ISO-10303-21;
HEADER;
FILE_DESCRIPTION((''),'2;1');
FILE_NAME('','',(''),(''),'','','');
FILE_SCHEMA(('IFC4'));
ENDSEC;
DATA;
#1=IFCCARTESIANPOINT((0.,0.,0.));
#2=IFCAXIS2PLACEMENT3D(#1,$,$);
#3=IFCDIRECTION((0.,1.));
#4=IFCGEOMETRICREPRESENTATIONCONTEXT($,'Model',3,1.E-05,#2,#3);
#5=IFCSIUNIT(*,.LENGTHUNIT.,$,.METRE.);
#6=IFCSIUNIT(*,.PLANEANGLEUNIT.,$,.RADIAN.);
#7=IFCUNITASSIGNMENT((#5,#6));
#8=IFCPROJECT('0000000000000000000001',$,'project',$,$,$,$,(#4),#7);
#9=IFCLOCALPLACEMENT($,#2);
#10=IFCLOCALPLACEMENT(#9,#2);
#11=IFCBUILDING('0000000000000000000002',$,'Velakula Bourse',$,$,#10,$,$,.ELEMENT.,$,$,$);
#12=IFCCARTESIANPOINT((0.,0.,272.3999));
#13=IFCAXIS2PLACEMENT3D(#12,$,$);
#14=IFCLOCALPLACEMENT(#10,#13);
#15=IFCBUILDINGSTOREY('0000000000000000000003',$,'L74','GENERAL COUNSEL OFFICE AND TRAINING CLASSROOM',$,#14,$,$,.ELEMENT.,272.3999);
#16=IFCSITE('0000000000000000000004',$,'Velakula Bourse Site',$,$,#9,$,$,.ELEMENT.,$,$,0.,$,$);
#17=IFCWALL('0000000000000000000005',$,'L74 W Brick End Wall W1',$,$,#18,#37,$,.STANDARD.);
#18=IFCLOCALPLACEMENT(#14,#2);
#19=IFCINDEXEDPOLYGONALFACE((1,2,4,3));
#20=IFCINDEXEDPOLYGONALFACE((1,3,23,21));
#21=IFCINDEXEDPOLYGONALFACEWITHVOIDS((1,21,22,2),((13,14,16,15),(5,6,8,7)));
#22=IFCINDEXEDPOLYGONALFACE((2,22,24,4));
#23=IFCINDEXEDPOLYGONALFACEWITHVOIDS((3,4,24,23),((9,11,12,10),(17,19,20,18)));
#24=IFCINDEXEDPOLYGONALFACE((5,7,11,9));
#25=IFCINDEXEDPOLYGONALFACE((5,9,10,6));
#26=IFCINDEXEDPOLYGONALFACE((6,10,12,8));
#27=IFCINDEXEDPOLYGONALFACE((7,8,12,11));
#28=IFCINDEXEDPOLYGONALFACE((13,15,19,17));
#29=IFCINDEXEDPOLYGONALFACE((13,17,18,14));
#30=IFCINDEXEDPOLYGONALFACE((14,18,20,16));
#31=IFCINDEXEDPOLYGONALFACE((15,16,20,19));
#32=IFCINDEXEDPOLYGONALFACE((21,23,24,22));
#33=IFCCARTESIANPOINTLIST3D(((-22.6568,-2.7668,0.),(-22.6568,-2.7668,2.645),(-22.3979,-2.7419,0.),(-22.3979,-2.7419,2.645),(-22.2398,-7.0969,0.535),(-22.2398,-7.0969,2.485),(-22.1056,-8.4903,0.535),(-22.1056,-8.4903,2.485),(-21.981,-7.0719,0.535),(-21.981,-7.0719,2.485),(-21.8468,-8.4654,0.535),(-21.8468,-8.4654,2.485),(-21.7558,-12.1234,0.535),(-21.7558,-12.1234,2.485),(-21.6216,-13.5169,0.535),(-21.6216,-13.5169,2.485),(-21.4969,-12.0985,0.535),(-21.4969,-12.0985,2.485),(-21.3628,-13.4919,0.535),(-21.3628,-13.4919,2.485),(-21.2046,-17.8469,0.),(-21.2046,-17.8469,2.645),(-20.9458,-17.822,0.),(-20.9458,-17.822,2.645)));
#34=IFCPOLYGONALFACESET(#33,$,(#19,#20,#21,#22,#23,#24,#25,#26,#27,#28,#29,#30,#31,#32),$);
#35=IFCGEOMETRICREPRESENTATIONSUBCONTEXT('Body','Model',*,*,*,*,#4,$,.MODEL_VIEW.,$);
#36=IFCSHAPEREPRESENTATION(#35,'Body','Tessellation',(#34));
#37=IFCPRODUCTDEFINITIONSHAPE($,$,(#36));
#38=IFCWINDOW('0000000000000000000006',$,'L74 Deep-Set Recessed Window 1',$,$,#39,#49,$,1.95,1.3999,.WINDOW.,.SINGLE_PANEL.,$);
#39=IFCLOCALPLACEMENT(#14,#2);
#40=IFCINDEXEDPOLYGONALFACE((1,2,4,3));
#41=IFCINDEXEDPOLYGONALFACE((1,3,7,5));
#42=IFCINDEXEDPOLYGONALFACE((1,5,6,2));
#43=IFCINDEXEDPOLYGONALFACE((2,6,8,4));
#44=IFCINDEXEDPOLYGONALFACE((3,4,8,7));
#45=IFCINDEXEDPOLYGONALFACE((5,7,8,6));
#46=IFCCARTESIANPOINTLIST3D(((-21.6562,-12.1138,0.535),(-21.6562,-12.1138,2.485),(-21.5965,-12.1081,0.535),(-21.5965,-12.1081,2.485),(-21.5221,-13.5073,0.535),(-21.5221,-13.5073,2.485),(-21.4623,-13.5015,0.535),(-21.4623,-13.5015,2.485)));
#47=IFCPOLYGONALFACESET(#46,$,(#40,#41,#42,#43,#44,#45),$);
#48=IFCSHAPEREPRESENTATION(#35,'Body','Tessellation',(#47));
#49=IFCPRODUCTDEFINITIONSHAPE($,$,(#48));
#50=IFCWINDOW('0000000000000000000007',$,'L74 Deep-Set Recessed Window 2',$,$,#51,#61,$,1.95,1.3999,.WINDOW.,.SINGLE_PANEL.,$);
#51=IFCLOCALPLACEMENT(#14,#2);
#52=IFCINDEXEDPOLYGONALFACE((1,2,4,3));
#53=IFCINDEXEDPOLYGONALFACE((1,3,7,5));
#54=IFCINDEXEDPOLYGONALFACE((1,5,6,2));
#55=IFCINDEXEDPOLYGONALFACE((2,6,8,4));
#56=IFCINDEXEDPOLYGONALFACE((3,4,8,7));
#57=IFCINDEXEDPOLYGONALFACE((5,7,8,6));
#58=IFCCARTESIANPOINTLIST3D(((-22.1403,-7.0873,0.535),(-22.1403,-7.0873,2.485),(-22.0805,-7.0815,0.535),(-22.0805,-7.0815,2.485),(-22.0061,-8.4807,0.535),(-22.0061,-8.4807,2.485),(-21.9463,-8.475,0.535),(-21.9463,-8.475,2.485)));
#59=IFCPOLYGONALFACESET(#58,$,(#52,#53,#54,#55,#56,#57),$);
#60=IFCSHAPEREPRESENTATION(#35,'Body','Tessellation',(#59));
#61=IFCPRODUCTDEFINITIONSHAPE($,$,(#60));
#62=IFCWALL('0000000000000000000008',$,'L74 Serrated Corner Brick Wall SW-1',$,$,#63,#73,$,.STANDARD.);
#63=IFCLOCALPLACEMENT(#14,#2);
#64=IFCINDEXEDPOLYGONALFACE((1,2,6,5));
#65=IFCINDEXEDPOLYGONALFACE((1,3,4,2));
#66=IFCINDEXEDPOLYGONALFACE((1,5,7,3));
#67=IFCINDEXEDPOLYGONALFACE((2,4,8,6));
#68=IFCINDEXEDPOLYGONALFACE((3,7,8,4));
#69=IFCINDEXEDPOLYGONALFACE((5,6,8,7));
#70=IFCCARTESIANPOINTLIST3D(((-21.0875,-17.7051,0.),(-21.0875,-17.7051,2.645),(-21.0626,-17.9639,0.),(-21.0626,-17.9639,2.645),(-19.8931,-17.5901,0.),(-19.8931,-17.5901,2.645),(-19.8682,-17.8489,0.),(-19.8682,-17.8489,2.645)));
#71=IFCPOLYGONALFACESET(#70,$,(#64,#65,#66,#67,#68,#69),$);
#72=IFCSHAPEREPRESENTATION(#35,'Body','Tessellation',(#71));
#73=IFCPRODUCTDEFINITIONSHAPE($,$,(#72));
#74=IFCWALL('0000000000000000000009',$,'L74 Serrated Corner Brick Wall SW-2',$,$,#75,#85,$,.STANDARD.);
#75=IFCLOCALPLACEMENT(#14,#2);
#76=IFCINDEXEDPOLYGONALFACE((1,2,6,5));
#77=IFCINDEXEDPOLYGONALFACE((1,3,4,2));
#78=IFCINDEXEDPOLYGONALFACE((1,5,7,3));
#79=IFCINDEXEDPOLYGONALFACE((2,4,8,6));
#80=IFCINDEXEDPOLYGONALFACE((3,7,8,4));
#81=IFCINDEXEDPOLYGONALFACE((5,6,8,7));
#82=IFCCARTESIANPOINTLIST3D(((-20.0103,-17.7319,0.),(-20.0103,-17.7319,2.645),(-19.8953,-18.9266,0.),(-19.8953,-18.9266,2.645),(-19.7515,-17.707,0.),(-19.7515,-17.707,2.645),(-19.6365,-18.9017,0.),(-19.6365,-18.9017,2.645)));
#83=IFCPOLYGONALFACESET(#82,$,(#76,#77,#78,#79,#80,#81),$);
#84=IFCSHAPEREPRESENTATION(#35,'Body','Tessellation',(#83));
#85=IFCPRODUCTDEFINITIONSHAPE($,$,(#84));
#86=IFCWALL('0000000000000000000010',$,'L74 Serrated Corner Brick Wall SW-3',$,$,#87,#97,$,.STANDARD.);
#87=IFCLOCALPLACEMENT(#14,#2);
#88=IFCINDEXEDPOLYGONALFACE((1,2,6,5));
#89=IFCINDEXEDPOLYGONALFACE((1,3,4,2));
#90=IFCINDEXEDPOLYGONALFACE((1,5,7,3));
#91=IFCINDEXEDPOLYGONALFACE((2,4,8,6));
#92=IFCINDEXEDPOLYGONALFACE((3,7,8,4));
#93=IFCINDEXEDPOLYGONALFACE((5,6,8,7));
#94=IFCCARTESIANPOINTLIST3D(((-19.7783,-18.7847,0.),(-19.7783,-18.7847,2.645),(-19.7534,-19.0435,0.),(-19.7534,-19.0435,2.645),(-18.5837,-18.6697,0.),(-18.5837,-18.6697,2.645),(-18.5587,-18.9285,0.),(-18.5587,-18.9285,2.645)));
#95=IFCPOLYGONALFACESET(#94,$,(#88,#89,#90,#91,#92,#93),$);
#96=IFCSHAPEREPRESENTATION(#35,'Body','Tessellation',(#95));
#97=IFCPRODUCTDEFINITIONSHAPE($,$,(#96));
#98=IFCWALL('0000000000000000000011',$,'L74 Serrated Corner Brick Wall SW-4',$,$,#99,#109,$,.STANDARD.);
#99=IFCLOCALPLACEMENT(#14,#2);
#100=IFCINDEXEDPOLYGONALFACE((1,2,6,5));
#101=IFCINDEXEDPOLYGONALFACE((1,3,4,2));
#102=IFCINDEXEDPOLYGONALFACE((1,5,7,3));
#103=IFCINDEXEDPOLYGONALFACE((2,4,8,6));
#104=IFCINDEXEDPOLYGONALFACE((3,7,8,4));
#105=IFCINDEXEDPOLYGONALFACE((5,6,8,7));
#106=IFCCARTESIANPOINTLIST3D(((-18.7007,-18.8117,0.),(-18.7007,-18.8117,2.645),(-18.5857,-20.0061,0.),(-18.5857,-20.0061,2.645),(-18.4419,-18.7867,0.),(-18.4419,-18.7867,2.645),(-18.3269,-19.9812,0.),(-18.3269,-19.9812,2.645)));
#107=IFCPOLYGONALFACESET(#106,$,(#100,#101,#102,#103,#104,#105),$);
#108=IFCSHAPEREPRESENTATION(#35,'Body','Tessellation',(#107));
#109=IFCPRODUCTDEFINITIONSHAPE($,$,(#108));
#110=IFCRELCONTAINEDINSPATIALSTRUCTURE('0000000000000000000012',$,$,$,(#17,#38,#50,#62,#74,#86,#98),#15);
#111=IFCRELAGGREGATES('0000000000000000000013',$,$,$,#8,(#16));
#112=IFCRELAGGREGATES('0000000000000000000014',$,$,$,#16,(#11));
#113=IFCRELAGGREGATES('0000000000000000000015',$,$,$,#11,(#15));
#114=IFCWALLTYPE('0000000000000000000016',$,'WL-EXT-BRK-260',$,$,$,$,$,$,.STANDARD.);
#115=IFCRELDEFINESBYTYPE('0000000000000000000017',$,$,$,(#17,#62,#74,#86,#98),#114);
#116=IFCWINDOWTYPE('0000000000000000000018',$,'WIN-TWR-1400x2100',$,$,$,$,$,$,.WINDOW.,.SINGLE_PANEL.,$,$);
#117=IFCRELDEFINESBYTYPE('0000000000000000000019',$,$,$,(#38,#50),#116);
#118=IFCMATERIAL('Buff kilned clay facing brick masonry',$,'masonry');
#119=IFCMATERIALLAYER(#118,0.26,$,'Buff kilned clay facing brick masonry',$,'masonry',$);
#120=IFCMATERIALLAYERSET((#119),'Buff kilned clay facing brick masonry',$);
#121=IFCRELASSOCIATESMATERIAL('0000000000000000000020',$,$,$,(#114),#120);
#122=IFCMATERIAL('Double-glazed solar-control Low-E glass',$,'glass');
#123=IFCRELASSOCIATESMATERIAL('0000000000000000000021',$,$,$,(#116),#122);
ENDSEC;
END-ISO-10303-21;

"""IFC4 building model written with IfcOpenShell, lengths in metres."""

from ifc_helpers import new_model, si_unit, direction, frame, frame_2d, origin, place, context, subcontext, project, spatial, rectangle, extrude, material, layer, layer_set, type_object, element, fill, save


model = new_model("IFC4")

# Units and contexts
model_context = context("Model", 3, precision=1e-05, world=origin(), true_north=direction((0.0, 1.0)))
body_context = subcontext(model_context, "Body", "Model", "MODEL_VIEW")
ifc_project = project(units=[si_unit("LENGTHUNIT", "METRE"), si_unit("PLANEANGLEUNIT", "RADIAN")], contexts=[model_context])

# Site, building, storey
site_placement = place(None, origin())
site = spatial("IfcSite", under=ifc_project, at=site_placement, Name="Velakula Bourse Site", CompositionType="ELEMENT", RefElevation=0.0)
building_placement = place(site_placement, origin())
building = spatial("IfcBuilding", under=site, at=building_placement, Name="Velakula Bourse", CompositionType="ELEMENT")
storey_placement = place(building_placement, frame((0.0, 0.0, 272.3999)))
storey = spatial("IfcBuildingStorey", under=building, at=storey_placement, Name="L74", Description="GENERAL COUNSEL OFFICE AND TRAINING CLASSROOM", CompositionType="ELEMENT", Elevation=272.3999)

# Wall, openings, windows
ifc_material_1 = material(Name="Buff kilned clay facing brick masonry", Category="masonry")
ifc_layer = layer(ifc_material_1, 0.26, Name="Buff kilned clay facing brick masonry", Category="masonry")
ifc_layer_set = layer_set([ifc_layer], Name="Buff kilned clay facing brick masonry")
wall_type = type_object("IfcWallType", Name="WL-EXT-BRK-260", PredefinedType="STANDARD", material=ifc_layer_set)
wall_1_placement = place(storey_placement, frame((-21.0752, -17.8345, 0.0), z_axis=(0.0, 0.0, 1.0), x_axis=(-0.095852, 0.995396, 0.0)))
wall_1 = element("IfcWall", 1, at=wall_1_placement, inside=storey, type_object=wall_type, Name="L74 W Brick End Wall W1", PredefinedType="STANDARD", context=body_context, shape_type="SweptSolid", body=[
    extrude(rectangle(XDim=15.1499, YDim=0.26, at=frame_2d((7.575, 0.0))), origin(), (0.0, 0.0, 1.0), 2.645),
])
opening_1_placement = place(wall_1_placement, frame((4.3501, 0.0, 0.5349)))
opening_1 = element("IfcOpeningElement", 2, at=opening_1_placement, cuts=wall_1, PredefinedType="OPENING", context=body_context, shape_type="SweptSolid", body=[
    extrude(rectangle(XDim=1.3999, YDim=1.95, at=frame_2d((0.7, 0.9751))), frame((0.0, 0.1399, 0.0), z_axis=(0.0, -1.0, 0.0), x_axis=(1.0, 0.0, 0.0)), (0.0, 0.0, 1.0), 0.28),
])
opening_2_placement = place(wall_1_placement, frame((9.3999, 0.0, 0.5349)))
opening_2 = element("IfcOpeningElement", 3, at=opening_2_placement, cuts=wall_1, PredefinedType="OPENING", context=body_context, shape_type="SweptSolid", body=[
    extrude(rectangle(XDim=1.3999, YDim=1.95, at=frame_2d((0.7, 0.9751))), frame((0.0, 0.1399, 0.0), z_axis=(0.0, -1.0, 0.0), x_axis=(1.0, 0.0, 0.0)), (0.0, 0.0, 1.0), 0.28),
])
ifc_material_2 = material(Name="Double-glazed solar-control Low-E glass", Category="glass")
window_type = type_object("IfcWindowType", Name="WIN-TWR-1400x2100", PartitioningType="SINGLE_PANEL", PredefinedType="WINDOW", material=ifc_material_2)
window_1_placement = place(opening_1_placement, origin())
window_1 = element("IfcWindow", 4, at=window_1_placement, inside=storey, type_object=window_type, Name="L74 Deep-Set Recessed Window 1", OverallHeight=1.95, OverallWidth=1.3999, PartitioningType="SINGLE_PANEL", PredefinedType="WINDOW", context=body_context, shape_type="SweptSolid", body=[
    extrude(rectangle(XDim=1.3999, YDim=1.95, at=frame_2d((0.7, 0.9751))), frame((0.0, 0.03, 0.0), z_axis=(0.0, -1.0, 0.0), x_axis=(1.0, 0.0, 0.0)), (0.0, 0.0, 1.0), 0.0601),
])
fill(opening_1, window_1)
window_2_placement = place(opening_2_placement, origin())
window_2 = element("IfcWindow", 5, at=window_2_placement, inside=storey, type_object=window_type, Name="L74 Deep-Set Recessed Window 2", OverallHeight=1.95, OverallWidth=1.3999, PartitioningType="SINGLE_PANEL", PredefinedType="WINDOW", context=body_context, shape_type="SweptSolid", body=[
    extrude(rectangle(XDim=1.3999, YDim=1.95, at=frame_2d((0.7, 0.9751))), frame((0.0, 0.03, 0.0), z_axis=(0.0, -1.0, 0.0), x_axis=(1.0, 0.0, 0.0)), (0.0, 0.0, 1.0), 0.0601),
])
fill(opening_2, window_2)

# Walls
wall_2_placement = place(storey_placement, frame((-21.0752, -17.8345, 0.0), z_axis=(0.0, 0.0, 1.0), x_axis=(0.995397, 0.095836, 0.0)))
element("IfcWall", 6, at=wall_2_placement, inside=storey, type_object=wall_type, Name="L74 Serrated Corner Brick Wall SW-1", PredefinedType="STANDARD", context=body_context, shape_type="SweptSolid", body=[
    extrude(rectangle(XDim=1.2, YDim=0.26, at=frame_2d((0.6001, 0.0))), origin(), (0.0, 0.0, 1.0), 2.645),
])
for number, where, z_axis, x_axis, name in (
    (7, (-19.8809, -17.7195, 0.0), (0.0, 0.0, 1.0), (0.095817, -0.995399, 0.0), "L74 Serrated Corner Brick Wall SW-2"),
    (8, (-19.7659, -18.9141, 0.0), (0.0, 0.0, 1.0), (0.995399, 0.095817, 0.0), "L74 Serrated Corner Brick Wall SW-3"),
):
    element("IfcWall", number, at=place(storey_placement, frame(where, z_axis=z_axis, x_axis=x_axis)), inside=storey, type_object=wall_type, Name=name, PredefinedType="STANDARD", context=body_context, shape_type="SweptSolid", body=[
        extrude(rectangle(XDim=1.2002, YDim=0.26, at=frame_2d((0.6001, 0.0))), origin(), (0.0, 0.0, 1.0), 2.645),
    ])
wall_3_placement = place(storey_placement, frame((-18.5713, -18.7991, 0.0), z_axis=(0.0, 0.0, 1.0), x_axis=(0.095836, -0.995397, 0.0)))
element("IfcWall", 9, at=wall_3_placement, inside=storey, type_object=wall_type, Name="L74 Serrated Corner Brick Wall SW-4", PredefinedType="STANDARD", context=body_context, shape_type="SweptSolid", body=[
    extrude(rectangle(XDim=1.2, YDim=0.26, at=frame_2d((0.6001, 0.0))), origin(), (0.0, 0.0, 1.0), 2.645),
])

save(model, "model.ifc")
